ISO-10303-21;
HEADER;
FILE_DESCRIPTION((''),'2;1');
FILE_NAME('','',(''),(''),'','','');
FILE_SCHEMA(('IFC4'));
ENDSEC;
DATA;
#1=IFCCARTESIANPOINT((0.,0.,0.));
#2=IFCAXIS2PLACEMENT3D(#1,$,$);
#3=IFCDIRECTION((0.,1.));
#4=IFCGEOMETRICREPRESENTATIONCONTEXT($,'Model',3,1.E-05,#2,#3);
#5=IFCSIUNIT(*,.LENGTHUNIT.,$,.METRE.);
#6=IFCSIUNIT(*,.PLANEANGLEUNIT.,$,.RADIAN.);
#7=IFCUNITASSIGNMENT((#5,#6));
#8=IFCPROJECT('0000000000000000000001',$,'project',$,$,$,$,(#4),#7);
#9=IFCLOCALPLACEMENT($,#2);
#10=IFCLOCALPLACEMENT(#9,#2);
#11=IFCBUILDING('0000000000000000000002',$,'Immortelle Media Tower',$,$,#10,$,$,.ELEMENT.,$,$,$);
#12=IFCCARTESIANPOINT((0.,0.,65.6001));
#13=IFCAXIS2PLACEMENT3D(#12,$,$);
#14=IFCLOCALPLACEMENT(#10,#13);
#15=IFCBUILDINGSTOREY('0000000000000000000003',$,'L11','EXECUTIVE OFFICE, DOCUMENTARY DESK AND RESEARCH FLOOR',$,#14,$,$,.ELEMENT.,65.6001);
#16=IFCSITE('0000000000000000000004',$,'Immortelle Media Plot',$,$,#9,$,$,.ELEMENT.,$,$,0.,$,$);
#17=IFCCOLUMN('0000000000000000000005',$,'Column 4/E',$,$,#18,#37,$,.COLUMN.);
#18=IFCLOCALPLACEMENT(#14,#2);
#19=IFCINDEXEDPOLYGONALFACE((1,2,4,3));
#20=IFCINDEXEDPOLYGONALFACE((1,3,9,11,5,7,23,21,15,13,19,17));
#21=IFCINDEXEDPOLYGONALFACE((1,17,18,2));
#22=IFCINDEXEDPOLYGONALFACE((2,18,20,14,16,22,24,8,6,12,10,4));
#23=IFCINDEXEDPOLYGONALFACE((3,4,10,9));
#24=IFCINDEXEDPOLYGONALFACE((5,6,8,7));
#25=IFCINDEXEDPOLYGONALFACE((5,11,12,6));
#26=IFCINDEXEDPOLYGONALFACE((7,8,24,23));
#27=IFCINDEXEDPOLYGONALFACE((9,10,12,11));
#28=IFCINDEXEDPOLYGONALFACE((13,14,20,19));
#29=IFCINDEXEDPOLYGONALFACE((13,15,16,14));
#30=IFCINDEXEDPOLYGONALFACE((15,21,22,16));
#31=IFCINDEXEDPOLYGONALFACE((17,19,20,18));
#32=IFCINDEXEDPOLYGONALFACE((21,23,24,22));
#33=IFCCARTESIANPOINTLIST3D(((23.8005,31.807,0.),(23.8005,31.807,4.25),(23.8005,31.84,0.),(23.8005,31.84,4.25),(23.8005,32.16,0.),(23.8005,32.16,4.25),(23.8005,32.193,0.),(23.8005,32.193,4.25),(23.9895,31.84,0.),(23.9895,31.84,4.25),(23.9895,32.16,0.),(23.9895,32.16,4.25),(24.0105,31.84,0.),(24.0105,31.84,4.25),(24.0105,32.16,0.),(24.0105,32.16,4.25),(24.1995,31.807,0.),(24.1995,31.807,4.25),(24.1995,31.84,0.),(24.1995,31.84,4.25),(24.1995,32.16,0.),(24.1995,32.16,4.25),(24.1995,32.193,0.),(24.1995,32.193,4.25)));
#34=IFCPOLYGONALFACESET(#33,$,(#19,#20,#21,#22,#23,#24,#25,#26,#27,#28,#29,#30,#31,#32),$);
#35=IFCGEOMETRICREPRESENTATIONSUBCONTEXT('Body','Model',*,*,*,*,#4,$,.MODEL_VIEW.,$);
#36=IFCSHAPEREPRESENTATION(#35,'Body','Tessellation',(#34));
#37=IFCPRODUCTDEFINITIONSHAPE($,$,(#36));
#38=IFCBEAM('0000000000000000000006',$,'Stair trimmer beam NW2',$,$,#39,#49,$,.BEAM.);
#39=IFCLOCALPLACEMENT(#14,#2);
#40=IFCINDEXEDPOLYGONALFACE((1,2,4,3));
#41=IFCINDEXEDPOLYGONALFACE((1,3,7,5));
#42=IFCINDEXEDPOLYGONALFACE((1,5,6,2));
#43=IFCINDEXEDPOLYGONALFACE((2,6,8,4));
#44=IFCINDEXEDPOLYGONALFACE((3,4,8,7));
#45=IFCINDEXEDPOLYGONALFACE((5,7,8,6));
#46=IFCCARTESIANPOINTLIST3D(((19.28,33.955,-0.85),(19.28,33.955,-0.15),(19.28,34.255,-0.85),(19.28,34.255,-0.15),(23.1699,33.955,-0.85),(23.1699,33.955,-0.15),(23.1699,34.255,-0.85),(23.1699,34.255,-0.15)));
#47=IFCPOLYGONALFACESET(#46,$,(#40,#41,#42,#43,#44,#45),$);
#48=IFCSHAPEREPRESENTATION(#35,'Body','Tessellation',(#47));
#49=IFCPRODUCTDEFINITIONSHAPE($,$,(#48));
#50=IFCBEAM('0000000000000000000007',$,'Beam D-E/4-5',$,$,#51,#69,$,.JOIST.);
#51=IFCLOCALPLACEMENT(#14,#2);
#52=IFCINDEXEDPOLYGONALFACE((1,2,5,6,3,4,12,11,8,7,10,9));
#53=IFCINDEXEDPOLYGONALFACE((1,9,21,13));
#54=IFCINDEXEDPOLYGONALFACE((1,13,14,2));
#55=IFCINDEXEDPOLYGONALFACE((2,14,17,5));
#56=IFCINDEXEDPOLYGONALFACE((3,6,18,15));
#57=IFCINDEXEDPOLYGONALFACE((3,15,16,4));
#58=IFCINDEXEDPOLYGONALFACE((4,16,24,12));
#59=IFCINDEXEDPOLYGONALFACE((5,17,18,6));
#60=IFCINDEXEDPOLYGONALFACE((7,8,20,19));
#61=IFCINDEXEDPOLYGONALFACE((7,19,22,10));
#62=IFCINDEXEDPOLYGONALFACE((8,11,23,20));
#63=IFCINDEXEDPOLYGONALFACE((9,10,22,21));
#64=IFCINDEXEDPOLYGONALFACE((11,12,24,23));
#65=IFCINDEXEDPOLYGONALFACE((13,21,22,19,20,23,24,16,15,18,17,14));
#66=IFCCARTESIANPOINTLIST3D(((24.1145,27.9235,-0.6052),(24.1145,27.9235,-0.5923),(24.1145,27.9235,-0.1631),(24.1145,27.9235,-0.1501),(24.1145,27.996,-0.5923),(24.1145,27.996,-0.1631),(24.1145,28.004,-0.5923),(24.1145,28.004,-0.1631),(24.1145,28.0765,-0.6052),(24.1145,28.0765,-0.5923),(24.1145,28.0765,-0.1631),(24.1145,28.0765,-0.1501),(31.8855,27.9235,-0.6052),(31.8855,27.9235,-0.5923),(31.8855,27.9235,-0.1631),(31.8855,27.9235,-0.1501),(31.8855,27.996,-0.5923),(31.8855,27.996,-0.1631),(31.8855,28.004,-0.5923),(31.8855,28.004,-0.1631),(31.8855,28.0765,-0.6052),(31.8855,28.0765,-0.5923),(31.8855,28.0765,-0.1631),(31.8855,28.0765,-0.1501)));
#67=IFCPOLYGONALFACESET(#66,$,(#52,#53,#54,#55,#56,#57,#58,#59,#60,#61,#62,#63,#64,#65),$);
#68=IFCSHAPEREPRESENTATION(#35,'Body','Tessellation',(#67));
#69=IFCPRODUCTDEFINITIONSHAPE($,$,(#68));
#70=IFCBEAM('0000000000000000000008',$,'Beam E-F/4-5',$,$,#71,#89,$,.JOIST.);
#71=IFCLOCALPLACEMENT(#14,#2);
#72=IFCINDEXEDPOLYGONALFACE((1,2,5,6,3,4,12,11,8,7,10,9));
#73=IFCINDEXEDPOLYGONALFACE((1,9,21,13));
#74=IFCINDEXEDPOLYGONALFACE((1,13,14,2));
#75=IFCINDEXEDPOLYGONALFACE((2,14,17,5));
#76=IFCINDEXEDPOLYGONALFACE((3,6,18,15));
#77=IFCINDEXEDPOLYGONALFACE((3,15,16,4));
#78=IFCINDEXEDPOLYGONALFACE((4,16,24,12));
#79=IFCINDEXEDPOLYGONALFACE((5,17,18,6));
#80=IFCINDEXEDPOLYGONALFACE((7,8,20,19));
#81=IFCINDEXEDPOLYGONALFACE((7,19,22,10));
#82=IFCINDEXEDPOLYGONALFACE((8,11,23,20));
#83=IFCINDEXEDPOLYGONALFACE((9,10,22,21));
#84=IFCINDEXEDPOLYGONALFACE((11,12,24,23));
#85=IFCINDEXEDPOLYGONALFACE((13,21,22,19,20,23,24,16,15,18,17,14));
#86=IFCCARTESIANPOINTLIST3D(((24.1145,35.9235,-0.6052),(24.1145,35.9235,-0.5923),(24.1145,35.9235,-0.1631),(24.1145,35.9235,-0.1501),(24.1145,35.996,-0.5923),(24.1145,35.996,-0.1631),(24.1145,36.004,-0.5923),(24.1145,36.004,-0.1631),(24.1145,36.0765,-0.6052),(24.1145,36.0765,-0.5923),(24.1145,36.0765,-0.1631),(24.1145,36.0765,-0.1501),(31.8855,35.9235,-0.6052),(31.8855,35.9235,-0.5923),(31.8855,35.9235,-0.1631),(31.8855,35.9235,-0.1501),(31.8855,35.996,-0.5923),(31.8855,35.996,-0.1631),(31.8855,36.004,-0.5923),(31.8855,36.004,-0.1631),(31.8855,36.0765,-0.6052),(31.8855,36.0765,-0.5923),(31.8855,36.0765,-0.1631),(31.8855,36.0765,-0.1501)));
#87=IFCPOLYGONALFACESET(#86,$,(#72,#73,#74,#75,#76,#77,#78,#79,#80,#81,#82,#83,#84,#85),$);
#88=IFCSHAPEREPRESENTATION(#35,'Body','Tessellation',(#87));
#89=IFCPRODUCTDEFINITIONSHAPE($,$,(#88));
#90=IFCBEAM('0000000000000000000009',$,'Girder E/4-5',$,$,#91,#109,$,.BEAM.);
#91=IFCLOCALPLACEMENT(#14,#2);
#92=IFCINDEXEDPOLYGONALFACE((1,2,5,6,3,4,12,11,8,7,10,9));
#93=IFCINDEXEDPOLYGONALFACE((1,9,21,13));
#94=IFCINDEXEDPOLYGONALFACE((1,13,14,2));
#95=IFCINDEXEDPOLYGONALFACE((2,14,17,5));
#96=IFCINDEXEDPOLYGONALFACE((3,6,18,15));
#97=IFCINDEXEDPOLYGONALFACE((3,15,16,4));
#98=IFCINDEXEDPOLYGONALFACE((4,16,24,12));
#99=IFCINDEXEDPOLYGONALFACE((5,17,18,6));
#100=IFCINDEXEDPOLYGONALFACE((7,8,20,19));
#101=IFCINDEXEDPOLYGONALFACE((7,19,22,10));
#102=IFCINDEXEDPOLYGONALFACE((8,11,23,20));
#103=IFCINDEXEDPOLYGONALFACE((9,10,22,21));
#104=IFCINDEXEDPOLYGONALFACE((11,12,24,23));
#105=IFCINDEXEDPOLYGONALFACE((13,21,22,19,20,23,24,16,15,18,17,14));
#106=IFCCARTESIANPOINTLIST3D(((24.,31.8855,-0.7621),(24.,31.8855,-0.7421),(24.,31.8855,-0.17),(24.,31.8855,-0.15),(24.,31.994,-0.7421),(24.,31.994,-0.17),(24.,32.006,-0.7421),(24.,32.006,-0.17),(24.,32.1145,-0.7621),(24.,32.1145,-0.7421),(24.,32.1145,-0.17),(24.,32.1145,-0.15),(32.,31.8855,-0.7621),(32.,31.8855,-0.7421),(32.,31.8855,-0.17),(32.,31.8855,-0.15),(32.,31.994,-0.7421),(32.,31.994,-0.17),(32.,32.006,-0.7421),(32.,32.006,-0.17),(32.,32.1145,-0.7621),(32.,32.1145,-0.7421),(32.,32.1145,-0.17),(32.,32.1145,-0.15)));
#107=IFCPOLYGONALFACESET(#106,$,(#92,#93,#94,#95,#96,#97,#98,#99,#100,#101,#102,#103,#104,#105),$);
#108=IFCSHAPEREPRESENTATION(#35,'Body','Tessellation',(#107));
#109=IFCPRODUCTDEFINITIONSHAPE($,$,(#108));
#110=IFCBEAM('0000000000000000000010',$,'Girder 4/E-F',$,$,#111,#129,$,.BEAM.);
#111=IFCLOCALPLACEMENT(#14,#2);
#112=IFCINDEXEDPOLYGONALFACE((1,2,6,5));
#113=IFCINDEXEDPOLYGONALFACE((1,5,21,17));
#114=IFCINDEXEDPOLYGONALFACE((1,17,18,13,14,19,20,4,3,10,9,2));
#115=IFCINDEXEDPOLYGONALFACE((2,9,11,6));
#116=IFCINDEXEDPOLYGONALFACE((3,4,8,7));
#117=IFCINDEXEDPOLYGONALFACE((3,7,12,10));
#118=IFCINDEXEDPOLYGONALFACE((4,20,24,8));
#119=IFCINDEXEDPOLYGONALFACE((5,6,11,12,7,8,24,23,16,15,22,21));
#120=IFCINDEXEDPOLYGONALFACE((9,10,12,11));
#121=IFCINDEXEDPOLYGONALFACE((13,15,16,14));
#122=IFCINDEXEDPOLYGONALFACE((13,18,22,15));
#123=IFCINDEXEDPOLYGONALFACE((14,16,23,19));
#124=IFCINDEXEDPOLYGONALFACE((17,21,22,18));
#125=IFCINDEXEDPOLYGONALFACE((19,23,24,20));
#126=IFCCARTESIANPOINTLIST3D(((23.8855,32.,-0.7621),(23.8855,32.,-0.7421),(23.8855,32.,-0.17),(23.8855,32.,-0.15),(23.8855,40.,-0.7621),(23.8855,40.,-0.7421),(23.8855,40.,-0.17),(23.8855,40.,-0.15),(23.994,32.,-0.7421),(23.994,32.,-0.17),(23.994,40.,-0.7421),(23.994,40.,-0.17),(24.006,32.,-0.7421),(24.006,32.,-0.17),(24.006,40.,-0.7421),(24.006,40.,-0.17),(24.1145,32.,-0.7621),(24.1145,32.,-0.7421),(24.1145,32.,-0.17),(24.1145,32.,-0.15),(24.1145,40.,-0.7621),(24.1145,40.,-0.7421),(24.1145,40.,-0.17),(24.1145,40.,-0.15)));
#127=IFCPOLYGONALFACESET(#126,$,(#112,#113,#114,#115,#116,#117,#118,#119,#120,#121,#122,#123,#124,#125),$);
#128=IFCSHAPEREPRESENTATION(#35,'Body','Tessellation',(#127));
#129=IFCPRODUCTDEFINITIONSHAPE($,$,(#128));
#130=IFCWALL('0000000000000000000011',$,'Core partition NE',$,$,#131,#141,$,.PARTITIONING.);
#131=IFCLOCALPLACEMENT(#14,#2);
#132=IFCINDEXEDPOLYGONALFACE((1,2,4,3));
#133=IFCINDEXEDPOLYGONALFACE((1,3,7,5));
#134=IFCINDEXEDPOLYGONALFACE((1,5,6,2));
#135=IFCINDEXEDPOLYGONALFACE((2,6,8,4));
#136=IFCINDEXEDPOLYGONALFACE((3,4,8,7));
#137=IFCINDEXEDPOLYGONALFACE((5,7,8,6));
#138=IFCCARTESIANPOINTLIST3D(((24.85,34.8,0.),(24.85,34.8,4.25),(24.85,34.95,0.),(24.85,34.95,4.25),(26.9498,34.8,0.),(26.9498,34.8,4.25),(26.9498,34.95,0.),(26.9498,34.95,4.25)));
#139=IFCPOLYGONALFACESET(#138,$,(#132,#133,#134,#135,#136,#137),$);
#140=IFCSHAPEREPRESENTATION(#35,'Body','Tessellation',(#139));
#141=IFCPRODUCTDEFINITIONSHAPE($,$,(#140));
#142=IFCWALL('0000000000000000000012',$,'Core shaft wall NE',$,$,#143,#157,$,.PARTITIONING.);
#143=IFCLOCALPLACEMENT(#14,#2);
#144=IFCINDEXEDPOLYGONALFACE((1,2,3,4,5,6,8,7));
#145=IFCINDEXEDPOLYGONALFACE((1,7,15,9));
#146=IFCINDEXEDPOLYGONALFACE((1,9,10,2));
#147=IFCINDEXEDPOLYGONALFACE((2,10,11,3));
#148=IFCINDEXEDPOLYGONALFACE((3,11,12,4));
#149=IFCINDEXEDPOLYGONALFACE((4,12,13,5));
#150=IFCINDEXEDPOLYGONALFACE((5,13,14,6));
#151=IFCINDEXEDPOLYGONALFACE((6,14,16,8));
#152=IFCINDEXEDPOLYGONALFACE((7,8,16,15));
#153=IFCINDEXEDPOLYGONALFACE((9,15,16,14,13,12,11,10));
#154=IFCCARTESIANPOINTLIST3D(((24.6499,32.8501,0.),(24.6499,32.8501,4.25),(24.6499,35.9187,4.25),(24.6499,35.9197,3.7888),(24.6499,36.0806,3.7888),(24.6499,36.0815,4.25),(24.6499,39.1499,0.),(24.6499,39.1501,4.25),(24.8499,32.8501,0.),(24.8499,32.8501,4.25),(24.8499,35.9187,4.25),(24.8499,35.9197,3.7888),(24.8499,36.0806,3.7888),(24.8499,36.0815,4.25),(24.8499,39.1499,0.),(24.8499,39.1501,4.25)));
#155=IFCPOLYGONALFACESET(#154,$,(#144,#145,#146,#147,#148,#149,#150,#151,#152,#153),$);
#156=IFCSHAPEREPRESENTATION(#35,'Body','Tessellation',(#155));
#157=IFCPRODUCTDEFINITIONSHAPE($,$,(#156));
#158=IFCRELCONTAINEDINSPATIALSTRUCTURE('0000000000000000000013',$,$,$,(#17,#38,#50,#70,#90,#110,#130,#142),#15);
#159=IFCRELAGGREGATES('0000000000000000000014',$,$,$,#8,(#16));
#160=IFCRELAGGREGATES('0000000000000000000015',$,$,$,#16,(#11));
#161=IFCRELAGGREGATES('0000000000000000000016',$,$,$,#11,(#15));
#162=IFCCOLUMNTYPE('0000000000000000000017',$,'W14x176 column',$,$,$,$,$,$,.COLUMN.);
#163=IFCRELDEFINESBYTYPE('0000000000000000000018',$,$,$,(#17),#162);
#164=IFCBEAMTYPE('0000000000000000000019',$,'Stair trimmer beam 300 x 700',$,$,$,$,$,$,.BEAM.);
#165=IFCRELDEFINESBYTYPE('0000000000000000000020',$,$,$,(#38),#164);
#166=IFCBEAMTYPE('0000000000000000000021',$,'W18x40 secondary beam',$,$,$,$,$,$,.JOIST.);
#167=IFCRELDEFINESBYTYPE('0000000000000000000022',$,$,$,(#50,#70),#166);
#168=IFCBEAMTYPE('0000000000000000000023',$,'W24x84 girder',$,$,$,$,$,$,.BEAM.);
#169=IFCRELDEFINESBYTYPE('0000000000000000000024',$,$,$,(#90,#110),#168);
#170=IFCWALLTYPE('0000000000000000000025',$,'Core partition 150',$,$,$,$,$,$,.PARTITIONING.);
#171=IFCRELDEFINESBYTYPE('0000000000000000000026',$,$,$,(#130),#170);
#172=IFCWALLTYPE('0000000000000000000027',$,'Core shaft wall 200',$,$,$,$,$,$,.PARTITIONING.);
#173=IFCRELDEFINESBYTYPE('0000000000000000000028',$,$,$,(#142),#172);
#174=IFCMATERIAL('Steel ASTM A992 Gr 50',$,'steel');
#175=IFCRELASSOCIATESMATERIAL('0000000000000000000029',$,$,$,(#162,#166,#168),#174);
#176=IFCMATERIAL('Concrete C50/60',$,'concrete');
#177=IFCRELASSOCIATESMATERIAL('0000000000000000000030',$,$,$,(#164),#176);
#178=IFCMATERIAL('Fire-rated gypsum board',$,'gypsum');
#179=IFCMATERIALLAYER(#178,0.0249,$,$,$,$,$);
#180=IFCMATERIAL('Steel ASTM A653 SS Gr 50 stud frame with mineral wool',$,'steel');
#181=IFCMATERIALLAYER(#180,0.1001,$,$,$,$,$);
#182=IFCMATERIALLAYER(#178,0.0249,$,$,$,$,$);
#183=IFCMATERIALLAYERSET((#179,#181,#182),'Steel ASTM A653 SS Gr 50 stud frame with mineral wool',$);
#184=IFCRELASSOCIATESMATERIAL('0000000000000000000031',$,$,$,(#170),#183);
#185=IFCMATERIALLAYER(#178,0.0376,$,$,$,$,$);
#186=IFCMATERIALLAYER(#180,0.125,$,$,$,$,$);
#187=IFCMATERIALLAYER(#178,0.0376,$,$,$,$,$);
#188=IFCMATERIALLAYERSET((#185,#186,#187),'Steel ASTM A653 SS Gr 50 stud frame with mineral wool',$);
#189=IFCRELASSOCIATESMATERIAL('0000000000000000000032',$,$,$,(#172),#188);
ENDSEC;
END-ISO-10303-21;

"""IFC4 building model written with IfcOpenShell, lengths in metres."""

from ifc_helpers import new_model, si_unit, direction, frame, frame_2d, origin, origin_2d, place, context, subcontext, project, spatial, polyline, rectangle, i_section, outline, extrude, material, layer, layer_set, material_profile, profile_set, type_object, element, save


model = new_model("IFC4")

# Units and contexts
model_context = context("Model", 3, precision=1e-05, world=origin(), true_north=direction((0.0, 1.0)))
body_context = subcontext(model_context, "Body", "Model", "MODEL_VIEW")
ifc_project = project(units=[si_unit("LENGTHUNIT", "METRE"), si_unit("PLANEANGLEUNIT", "RADIAN")], contexts=[model_context])

# Site, building, storey
site_placement = place(None, origin())
site = spatial("IfcSite", under=ifc_project, at=site_placement, Name="Immortelle Media Plot", CompositionType="ELEMENT", RefElevation=0.0)
building_placement = place(site_placement, origin())
building = spatial("IfcBuilding", under=site, at=building_placement, Name="Immortelle Media Tower", CompositionType="ELEMENT")
storey_placement = place(building_placement, frame((0.0, 0.0, 65.6001)))
storey = spatial("IfcBuildingStorey", under=building, at=storey_placement, Name="L11", Description="EXECUTIVE OFFICE, DOCUMENTARY DESK AND RESEARCH FLOOR", CompositionType="ELEMENT", Elevation=65.6001)

# Column
ifc_material_1 = material(Name="Steel ASTM A992 Gr 50", Category="steel")
ifc_material_profile_1 = material_profile(ifc_material_1, i_section(OverallWidth=0.3989, OverallDepth=0.386, WebThickness=0.021, FlangeThickness=0.033, at=origin_2d()), Name="W14x176")
ifc_profile_set_1 = profile_set([ifc_material_profile_1], Name="Steel ASTM A992 Gr 50")
column_type = type_object("IfcColumnType", Name="W14x176 column", PredefinedType="COLUMN", material=ifc_profile_set_1)
column_placement = place(storey_placement, frame((24.0, 32.0, 0.0), z_axis=(0.0, 0.0, 1.0), x_axis=(1.0, 0.0, 0.0)))
element("IfcColumn", 1, at=column_placement, inside=storey, type_object=column_type, Name="Column 4/E", PredefinedType="COLUMN", context=body_context, shape_type="SweptSolid", body=[
    extrude(i_section(OverallWidth=0.3989, OverallDepth=0.386, WebThickness=0.021, FlangeThickness=0.033, at=origin_2d()), origin(), (0.0, 0.0, 1.0), 4.25),
])

# Beams
ifc_material_2 = material(Name="Concrete C50/60", Category="concrete")
ifc_material_profile_2 = material_profile(ifc_material_2, rectangle(XDim=0.3, YDim=0.7, at=origin_2d()), Name="RC 300x700")
ifc_profile_set_2 = profile_set([ifc_material_profile_2], Name="Concrete C50/60")
beam_type_1 = type_object("IfcBeamType", Name="Stair trimmer beam 300 x 700", PredefinedType="BEAM", material=ifc_profile_set_2)
beam_placement = place(storey_placement, frame((19.28, 34.105, -0.5), z_axis=(1.0, 0.0, 0.0), x_axis=(0.0, 1.0, 0.0)))
element("IfcBeam", 2, at=beam_placement, inside=storey, type_object=beam_type_1, Name="Stair trimmer beam NW2", PredefinedType="BEAM", context=body_context, shape_type="SweptSolid", body=[
    extrude(rectangle(XDim=0.3, YDim=0.7, at=origin_2d()), origin(), (0.0, 0.0, 1.0), 3.8899),
])
ifc_material_profile_3 = material_profile(ifc_material_1, i_section(OverallWidth=0.1531, OverallDepth=0.4551, WebThickness=0.0081, FlangeThickness=0.0129, at=origin_2d()), Name="W18x40")
ifc_profile_set_3 = profile_set([ifc_material_profile_3], Name="Steel ASTM A992 Gr 50")
beam_type_2 = type_object("IfcBeamType", Name="W18x40 secondary beam", PredefinedType="JOIST", material=ifc_profile_set_3)
for number, where, z_axis, x_axis, name in (
    (3, (24.1145, 28.0, -0.3777), (1.0, 0.0, 0.0), (0.0, 1.0, 0.0), "Beam D-E/4-5"),
    (4, (24.1145, 36.0, -0.3777), (1.0, 0.0, 0.0), (0.0, 1.0, 0.0), "Beam E-F/4-5"),
):
    element("IfcBeam", number, at=place(storey_placement, frame(where, z_axis=z_axis, x_axis=x_axis)), inside=storey, type_object=beam_type_2, Name=name, PredefinedType="JOIST", context=body_context, shape_type="SweptSolid", body=[
        extrude(i_section(OverallWidth=0.1531, OverallDepth=0.4551, WebThickness=0.0081, FlangeThickness=0.0129, at=origin_2d()), origin(), (0.0, 0.0, 1.0), 7.771),
    ])
ifc_material_profile_4 = material_profile(ifc_material_1, i_section(OverallWidth=0.229, OverallDepth=0.6121, WebThickness=0.012, FlangeThickness=0.02, at=origin_2d()), Name="W24x84")
ifc_profile_set_4 = profile_set([ifc_material_profile_4], Name="Steel ASTM A992 Gr 50")
beam_type_3 = type_object("IfcBeamType", Name="W24x84 girder", PredefinedType="BEAM", material=ifc_profile_set_4)
for number, where, z_axis, x_axis, name in (
    (5, (24.0, 32.0, -0.4561), (1.0, 0.0, 0.0), (0.0, 1.0, 0.0), "Girder E/4-5"),
    (6, (24.0, 32.0, -0.4561), (0.0, 1.0, 0.0), (-1.0, 0.0, 0.0), "Girder 4/E-F"),
):
    element("IfcBeam", number, at=place(storey_placement, frame(where, z_axis=z_axis, x_axis=x_axis)), inside=storey, type_object=beam_type_3, Name=name, PredefinedType="BEAM", context=body_context, shape_type="SweptSolid", body=[
        extrude(i_section(OverallWidth=0.229, OverallDepth=0.6121, WebThickness=0.012, FlangeThickness=0.02, at=origin_2d()), origin(), (0.0, 0.0, 1.0), 8.0),
    ])

# Walls
ifc_material_3 = material(Name="Fire-rated gypsum board", Category="gypsum")
ifc_layer_1 = layer(ifc_material_3, 0.0249)
ifc_material_4 = material(Name="Steel ASTM A653 SS Gr 50 stud frame with mineral wool", Category="steel")
ifc_layer_2 = layer(ifc_material_4, 0.1001)
ifc_layer_3 = layer(ifc_material_3, 0.0249)
ifc_layer_set_1 = layer_set([ifc_layer_1, ifc_layer_2, ifc_layer_3], Name="Steel ASTM A653 SS Gr 50 stud frame with mineral wool")
wall_type_1 = type_object("IfcWallType", Name="Core partition 150", PredefinedType="PARTITIONING", material=ifc_layer_set_1)
wall_1_placement = place(storey_placement, frame((24.8501, 34.875, 0.0), z_axis=(0.0, 0.0, 1.0), x_axis=(1.0, 0.0, 0.0)))
element("IfcWall", 7, at=wall_1_placement, inside=storey, type_object=wall_type_1, Name="Core partition NE", PredefinedType="PARTITIONING", context=body_context, shape_type="SweptSolid", body=[
    extrude(rectangle(XDim=2.0999, YDim=0.1499, at=frame_2d((1.0498, 0.0))), origin(), (0.0, 0.0, 1.0), 4.25),
])
ifc_layer_4 = layer(ifc_material_3, 0.0376)
ifc_layer_5 = layer(ifc_material_4, 0.125)
ifc_layer_6 = layer(ifc_material_3, 0.0376)
ifc_layer_set_2 = layer_set([ifc_layer_4, ifc_layer_5, ifc_layer_6], Name="Steel ASTM A653 SS Gr 50 stud frame with mineral wool")
wall_type_2 = type_object("IfcWallType", Name="Core shaft wall 200", PredefinedType="PARTITIONING", material=ifc_layer_set_2)
wall_2_placement = place(storey_placement, frame((24.75, 32.8501, 0.0), z_axis=(0.0, 0.0, 1.0), x_axis=(0.0, 1.0, 0.0)))
element("IfcWall", 8, at=wall_2_placement, inside=storey, type_object=wall_type_2, Name="Core shaft wall NE", PredefinedType="PARTITIONING", context=body_context, shape_type="SweptSolid", body=[
    extrude(outline(polyline([(0.0, 0.0), (6.2998, 0.0), (6.3, 4.25), (3.2314, 4.25), (3.2305, 3.7888), (3.0696, 3.7888), (3.0686, 4.25), (0.0, 4.25), (0.0, 0.0)])), frame((0.0, 0.1001, 0.0), z_axis=(0.0, -1.0, 0.0), x_axis=(1.0, 0.0, 0.0)), (0.0, 0.0, 1.0), 0.2),
])

save(model, "model.ifc")
